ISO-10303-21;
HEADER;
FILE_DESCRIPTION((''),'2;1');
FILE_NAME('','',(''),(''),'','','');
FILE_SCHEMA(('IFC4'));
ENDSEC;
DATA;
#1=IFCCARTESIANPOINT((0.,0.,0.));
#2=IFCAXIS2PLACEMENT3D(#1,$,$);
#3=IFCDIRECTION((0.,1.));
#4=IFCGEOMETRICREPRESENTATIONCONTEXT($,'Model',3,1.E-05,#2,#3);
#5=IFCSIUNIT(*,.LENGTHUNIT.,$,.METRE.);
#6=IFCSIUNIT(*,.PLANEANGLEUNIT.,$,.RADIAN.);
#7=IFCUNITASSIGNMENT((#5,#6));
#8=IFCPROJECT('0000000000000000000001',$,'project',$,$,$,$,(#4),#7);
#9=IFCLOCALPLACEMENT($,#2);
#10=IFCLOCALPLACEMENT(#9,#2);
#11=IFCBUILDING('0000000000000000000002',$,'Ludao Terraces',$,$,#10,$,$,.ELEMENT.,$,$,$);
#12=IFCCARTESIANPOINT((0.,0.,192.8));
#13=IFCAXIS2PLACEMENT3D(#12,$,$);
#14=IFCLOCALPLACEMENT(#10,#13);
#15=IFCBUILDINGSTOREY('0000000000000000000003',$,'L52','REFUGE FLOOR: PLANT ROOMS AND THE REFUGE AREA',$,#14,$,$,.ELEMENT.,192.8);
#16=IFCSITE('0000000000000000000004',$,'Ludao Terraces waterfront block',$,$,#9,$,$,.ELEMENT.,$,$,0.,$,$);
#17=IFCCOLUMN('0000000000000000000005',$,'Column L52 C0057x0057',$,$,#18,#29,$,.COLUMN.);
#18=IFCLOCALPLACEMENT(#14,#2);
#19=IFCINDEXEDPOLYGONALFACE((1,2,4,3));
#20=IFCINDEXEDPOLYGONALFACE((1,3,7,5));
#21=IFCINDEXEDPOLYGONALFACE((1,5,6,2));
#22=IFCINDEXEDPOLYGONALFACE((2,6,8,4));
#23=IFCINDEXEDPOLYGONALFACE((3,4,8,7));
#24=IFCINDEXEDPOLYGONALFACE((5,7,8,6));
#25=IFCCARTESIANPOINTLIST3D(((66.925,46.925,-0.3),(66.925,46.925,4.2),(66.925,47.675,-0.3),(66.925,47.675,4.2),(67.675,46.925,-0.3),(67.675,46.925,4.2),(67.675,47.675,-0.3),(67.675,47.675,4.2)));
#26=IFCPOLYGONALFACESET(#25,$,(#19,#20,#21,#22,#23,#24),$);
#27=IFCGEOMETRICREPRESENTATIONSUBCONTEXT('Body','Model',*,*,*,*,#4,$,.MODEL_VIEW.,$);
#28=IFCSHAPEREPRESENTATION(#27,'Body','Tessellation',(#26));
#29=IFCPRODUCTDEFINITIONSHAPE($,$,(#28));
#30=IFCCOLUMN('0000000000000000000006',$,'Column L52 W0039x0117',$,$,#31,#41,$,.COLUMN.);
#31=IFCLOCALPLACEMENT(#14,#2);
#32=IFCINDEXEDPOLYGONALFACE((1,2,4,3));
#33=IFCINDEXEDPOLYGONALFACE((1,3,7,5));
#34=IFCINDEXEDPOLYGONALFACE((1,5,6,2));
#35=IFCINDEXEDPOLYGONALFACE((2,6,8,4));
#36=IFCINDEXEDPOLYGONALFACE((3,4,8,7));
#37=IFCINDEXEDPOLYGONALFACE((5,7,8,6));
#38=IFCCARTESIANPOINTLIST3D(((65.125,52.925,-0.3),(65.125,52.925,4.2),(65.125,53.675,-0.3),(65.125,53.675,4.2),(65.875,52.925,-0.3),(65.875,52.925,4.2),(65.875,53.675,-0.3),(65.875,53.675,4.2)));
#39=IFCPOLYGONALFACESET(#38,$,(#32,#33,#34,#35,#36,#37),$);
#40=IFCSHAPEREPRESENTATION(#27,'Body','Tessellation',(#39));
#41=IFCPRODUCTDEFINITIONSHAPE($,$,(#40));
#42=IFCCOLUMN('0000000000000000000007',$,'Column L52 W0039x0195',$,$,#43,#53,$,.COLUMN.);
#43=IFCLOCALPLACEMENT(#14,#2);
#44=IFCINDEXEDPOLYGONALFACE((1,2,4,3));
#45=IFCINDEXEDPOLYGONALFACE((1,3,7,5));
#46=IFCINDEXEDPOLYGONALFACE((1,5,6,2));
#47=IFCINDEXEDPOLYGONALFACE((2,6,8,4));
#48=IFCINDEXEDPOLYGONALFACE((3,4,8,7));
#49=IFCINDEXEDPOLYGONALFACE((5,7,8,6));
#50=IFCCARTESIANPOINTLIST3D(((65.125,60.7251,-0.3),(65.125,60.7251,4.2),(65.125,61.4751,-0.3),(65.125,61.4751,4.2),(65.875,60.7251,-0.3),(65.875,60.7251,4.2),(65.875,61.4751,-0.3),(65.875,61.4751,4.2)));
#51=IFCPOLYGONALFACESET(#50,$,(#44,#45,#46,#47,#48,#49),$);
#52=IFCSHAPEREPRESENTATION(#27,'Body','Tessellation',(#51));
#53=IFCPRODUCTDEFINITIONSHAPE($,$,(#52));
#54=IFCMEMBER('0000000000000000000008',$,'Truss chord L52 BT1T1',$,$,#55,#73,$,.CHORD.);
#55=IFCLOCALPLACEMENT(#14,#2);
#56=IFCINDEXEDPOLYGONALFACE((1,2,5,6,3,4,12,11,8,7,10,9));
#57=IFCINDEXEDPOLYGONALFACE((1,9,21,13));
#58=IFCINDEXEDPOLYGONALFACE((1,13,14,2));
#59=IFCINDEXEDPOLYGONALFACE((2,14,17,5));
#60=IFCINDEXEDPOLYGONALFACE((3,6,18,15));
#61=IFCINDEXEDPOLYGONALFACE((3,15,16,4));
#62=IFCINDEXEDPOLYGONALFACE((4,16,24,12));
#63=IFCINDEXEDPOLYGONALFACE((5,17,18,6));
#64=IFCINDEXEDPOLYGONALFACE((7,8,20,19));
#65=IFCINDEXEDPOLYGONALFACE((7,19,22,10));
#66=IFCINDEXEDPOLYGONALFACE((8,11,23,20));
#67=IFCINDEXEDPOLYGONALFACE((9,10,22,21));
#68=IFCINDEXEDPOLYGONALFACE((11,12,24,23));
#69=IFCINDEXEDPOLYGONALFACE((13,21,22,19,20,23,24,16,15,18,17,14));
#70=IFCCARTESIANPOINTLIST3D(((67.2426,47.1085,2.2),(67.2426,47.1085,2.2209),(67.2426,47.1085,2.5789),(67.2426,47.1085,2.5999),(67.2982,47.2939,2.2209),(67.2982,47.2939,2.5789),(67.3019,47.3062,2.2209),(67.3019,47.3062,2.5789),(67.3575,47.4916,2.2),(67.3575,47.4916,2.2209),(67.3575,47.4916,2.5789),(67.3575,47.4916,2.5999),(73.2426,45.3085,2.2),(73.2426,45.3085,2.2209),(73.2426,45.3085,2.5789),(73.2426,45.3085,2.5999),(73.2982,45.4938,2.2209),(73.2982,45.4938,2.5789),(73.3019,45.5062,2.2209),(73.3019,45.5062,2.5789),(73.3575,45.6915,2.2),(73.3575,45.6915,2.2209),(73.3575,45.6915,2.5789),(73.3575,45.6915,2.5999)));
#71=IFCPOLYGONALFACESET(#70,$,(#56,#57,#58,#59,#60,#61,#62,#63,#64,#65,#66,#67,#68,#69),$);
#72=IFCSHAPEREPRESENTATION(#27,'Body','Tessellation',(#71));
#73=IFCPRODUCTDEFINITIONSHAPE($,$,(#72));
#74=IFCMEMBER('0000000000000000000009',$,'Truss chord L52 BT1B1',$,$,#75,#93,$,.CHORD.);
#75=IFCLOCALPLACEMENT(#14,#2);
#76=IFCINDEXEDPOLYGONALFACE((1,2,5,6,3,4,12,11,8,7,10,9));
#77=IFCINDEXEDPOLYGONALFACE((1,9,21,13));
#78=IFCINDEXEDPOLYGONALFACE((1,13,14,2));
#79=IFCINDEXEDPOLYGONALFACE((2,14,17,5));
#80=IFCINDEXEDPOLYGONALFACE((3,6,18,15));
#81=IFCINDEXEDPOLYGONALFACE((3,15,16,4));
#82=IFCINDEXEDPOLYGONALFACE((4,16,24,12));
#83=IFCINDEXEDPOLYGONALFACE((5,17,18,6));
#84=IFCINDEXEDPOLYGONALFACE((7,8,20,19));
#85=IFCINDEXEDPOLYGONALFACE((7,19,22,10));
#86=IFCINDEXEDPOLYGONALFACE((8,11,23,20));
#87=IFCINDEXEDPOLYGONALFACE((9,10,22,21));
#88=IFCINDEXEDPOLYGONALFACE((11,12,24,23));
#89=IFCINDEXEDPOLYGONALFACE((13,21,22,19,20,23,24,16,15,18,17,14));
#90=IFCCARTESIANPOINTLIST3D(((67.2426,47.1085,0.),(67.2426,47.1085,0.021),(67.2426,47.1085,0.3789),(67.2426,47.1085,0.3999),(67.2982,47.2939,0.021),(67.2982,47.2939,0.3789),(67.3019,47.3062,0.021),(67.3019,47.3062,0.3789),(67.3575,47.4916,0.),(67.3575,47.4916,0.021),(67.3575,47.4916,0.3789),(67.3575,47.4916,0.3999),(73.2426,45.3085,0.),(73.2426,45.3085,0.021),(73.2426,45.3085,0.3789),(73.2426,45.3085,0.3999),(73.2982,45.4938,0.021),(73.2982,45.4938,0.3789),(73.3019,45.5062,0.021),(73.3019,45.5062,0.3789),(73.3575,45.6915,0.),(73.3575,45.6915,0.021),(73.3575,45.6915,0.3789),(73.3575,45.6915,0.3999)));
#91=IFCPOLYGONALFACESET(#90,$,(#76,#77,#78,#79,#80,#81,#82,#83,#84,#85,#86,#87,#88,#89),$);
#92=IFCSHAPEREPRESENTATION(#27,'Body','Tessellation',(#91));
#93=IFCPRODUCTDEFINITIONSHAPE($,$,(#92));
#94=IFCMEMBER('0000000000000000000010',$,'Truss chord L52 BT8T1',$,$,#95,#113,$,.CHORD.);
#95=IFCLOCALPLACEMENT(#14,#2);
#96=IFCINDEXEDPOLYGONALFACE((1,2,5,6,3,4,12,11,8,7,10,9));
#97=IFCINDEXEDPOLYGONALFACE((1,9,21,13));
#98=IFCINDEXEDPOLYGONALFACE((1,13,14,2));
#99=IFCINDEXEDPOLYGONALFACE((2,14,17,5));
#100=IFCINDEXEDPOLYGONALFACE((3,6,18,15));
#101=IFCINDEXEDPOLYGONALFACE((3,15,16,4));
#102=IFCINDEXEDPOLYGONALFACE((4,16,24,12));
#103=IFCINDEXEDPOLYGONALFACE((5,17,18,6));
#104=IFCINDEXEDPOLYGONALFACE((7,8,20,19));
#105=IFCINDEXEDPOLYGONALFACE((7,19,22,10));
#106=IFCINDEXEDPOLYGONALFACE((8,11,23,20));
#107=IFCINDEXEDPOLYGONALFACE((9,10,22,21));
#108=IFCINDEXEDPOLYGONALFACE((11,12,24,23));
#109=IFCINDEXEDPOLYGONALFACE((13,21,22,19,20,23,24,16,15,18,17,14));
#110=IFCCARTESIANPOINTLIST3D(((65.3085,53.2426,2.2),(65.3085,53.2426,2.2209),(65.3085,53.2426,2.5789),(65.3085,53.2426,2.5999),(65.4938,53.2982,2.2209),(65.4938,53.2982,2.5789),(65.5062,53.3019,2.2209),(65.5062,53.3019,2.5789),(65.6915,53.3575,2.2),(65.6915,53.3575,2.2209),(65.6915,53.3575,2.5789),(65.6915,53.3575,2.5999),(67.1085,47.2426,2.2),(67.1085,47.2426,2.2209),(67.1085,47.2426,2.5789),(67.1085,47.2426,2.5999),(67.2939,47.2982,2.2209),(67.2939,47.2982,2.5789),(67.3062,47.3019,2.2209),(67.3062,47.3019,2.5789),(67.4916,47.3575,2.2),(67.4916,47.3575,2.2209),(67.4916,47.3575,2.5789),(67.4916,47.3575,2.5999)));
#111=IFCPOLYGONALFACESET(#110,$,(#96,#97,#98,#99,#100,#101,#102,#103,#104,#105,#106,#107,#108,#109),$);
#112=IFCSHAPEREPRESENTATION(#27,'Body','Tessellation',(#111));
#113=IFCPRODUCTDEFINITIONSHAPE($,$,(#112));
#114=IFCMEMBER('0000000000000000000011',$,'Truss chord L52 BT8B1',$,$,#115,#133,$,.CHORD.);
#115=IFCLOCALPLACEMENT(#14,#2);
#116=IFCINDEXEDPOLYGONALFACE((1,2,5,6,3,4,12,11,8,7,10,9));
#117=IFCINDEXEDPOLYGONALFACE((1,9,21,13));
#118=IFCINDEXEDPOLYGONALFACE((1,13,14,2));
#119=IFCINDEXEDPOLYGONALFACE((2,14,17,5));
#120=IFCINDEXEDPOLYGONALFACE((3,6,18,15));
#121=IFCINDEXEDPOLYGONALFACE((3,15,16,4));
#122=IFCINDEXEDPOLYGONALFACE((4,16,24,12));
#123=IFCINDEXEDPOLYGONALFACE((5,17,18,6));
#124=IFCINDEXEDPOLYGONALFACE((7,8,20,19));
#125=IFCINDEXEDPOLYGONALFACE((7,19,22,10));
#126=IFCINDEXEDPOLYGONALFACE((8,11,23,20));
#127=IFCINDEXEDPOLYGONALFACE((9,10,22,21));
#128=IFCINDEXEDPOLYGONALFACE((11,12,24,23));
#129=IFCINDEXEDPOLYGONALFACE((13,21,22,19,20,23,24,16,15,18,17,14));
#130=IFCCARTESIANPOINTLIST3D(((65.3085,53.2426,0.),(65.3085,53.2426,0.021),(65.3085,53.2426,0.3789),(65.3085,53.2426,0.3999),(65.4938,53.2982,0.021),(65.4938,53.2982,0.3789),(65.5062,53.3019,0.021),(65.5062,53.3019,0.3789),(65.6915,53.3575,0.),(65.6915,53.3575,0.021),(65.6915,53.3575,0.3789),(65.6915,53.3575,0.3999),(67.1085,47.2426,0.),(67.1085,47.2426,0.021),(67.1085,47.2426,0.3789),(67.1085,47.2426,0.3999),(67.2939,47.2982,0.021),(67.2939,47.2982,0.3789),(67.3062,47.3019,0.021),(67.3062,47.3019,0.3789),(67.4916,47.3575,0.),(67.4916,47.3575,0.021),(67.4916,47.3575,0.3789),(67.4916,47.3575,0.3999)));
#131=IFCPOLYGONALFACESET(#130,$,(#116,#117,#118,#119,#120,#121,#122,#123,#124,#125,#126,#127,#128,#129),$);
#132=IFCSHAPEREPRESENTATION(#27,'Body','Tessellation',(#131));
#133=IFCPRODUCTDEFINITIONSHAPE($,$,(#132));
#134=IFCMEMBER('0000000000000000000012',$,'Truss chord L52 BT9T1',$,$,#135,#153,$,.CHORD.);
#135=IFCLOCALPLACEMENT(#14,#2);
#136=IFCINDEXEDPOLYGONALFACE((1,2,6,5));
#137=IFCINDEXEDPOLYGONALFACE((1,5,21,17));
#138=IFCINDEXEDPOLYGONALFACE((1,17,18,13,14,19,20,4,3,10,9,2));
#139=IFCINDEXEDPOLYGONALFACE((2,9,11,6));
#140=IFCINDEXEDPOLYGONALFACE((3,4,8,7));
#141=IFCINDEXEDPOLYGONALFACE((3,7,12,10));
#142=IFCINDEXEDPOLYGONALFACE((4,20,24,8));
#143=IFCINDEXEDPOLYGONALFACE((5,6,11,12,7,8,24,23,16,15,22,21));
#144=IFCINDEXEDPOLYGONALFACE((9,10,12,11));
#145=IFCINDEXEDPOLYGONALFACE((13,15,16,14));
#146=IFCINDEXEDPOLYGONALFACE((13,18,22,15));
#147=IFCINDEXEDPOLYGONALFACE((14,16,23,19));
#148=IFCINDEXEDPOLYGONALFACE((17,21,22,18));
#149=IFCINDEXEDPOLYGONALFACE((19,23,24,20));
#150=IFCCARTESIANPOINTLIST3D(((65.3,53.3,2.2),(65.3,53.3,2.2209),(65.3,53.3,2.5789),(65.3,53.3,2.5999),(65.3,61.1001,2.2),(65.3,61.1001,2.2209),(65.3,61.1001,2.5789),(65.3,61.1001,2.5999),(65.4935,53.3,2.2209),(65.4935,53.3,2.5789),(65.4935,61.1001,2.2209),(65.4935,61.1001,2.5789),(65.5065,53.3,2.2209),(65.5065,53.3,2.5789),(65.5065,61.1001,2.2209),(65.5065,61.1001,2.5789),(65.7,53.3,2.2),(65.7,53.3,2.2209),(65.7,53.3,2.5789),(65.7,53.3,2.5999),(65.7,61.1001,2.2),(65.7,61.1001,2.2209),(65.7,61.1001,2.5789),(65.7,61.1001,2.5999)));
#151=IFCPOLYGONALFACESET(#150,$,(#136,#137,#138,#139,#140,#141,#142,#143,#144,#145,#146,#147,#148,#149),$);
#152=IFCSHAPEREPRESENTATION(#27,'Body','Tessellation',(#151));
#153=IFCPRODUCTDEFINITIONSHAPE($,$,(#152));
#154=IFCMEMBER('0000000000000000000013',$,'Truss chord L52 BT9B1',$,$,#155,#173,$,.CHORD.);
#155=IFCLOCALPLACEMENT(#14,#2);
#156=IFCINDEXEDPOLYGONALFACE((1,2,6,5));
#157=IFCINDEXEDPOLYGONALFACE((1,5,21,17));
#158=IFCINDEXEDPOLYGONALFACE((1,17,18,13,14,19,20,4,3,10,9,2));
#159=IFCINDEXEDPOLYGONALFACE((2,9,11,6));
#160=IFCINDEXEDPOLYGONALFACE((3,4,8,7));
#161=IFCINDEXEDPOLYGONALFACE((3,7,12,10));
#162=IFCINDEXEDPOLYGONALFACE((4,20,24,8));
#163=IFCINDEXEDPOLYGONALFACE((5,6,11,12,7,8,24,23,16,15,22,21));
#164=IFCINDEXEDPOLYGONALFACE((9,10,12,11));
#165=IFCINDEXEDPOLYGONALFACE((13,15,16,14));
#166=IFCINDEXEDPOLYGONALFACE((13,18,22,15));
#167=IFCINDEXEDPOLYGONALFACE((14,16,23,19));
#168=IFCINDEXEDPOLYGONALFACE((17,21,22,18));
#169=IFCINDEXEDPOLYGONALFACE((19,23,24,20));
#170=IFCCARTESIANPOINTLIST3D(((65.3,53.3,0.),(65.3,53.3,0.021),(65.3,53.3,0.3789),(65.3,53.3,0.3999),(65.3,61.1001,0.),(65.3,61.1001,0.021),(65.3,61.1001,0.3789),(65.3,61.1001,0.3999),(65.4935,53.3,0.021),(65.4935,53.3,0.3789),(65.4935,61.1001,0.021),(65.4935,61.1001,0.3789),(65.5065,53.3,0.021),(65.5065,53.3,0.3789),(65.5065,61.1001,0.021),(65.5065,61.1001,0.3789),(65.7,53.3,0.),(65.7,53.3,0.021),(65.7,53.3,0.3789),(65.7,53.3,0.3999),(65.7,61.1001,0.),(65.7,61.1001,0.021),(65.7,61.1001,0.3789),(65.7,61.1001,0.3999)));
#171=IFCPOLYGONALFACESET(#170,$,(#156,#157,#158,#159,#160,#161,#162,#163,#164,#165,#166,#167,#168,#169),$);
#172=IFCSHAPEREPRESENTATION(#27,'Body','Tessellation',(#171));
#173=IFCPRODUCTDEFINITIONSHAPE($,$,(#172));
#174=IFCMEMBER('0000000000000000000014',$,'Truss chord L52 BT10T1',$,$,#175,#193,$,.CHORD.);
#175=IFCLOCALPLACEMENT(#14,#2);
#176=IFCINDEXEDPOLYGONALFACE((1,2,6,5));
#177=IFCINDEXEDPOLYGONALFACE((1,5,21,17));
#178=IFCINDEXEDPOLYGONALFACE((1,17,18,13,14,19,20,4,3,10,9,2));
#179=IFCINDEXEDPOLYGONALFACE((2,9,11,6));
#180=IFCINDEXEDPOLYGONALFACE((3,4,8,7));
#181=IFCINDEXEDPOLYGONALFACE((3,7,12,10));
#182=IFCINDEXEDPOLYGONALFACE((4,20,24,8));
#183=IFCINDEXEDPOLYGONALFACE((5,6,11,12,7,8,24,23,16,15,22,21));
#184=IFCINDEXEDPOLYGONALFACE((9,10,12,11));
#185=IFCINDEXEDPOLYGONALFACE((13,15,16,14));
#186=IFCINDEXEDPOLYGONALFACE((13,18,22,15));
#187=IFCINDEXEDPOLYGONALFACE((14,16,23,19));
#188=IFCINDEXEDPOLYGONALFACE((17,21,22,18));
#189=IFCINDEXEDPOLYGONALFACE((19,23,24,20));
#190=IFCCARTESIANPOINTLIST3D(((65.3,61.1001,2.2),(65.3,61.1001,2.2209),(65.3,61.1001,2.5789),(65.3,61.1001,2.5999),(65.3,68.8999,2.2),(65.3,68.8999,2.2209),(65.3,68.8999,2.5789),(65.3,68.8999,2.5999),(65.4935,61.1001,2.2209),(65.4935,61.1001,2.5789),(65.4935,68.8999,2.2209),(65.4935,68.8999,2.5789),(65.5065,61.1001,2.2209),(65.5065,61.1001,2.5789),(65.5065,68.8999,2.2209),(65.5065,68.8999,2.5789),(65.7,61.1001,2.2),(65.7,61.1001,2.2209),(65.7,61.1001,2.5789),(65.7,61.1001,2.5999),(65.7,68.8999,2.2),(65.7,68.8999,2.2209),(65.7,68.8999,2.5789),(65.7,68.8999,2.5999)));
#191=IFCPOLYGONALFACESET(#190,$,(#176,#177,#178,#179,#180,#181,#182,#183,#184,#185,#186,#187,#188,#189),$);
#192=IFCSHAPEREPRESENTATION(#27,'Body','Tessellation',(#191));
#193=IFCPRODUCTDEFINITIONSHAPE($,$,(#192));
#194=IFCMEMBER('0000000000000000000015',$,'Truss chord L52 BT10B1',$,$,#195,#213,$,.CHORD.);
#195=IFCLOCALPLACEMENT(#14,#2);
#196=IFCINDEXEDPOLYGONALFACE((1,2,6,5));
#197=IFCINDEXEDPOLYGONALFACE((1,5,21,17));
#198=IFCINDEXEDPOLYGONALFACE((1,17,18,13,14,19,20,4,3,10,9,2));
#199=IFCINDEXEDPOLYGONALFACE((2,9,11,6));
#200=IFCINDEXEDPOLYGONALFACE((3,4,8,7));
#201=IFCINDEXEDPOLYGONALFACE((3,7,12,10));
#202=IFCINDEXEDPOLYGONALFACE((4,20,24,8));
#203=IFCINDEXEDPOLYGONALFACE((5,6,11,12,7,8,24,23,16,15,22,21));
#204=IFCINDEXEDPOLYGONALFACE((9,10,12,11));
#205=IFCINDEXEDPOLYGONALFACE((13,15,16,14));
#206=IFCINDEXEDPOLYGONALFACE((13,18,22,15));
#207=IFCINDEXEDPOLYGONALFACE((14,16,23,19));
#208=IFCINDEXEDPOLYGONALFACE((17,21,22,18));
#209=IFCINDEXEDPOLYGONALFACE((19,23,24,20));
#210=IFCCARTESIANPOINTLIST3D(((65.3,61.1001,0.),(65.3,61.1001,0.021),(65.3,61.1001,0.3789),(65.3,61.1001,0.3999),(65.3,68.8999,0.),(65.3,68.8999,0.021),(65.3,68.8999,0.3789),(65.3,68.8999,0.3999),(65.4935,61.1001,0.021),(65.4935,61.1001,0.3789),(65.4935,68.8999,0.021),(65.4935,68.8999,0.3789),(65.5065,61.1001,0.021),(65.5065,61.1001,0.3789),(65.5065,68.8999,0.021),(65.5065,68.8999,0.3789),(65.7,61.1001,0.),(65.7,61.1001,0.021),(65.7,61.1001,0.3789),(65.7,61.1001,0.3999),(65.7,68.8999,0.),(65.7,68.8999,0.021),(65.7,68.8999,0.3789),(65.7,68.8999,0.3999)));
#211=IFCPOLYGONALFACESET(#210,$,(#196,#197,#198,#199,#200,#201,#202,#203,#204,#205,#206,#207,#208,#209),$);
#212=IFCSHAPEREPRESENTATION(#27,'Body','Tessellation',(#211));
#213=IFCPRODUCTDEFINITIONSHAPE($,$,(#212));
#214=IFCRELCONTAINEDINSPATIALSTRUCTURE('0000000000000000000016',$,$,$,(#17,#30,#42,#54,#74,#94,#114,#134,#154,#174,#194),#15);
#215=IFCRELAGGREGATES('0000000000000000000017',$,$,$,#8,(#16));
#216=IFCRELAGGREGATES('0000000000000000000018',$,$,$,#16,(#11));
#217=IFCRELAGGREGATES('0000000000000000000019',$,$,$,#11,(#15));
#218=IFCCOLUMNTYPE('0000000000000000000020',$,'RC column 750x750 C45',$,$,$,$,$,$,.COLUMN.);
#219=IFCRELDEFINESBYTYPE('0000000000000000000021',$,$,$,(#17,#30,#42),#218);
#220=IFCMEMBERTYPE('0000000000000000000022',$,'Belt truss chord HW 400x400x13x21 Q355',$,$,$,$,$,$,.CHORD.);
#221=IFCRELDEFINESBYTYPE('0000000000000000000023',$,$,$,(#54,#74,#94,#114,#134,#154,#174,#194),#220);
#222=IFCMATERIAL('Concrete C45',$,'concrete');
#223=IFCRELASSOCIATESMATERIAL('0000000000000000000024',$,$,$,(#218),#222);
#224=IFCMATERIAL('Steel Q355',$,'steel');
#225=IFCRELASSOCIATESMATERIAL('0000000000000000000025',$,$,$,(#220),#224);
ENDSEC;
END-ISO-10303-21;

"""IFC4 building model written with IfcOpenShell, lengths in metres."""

from ifc_helpers import new_model, si_unit, direction, frame, origin, origin_2d, place, context, subcontext, project, spatial, rectangle, i_section, extrude, material, material_profile, profile_set, type_object, element, save


model = new_model("IFC4")

# Units and contexts
model_context = context("Model", 3, precision=1e-05, world=origin(), true_north=direction((0.0, 1.0)))
body_context = subcontext(model_context, "Body", "Model", "MODEL_VIEW")
ifc_project = project(units=[si_unit("LENGTHUNIT", "METRE"), si_unit("PLANEANGLEUNIT", "RADIAN")], contexts=[model_context])

# Site, building, storey
site_placement = place(None, origin())
site = spatial("IfcSite", under=ifc_project, at=site_placement, Name="Ludao Terraces waterfront block", CompositionType="ELEMENT", RefElevation=0.0)
building_placement = place(site_placement, origin())
building = spatial("IfcBuilding", under=site, at=building_placement, Name="Ludao Terraces", CompositionType="ELEMENT")
storey_placement = place(building_placement, frame((0.0, 0.0, 192.8)))
storey = spatial("IfcBuildingStorey", under=building, at=storey_placement, Name="L52", Description="REFUGE FLOOR: PLANT ROOMS AND THE REFUGE AREA", CompositionType="ELEMENT", Elevation=192.8)

# Columns
ifc_material_1 = material(Name="Concrete C45", Category="concrete")
ifc_material_profile_1 = material_profile(ifc_material_1, rectangle(XDim=0.75, YDim=0.75, at=origin_2d()), Name="750 X 750")
ifc_profile_set_1 = profile_set([ifc_material_profile_1], Name="Concrete C45")
column_type = type_object("IfcColumnType", Name="RC column 750x750 C45", PredefinedType="COLUMN", material=ifc_profile_set_1)
for number, where, z_axis, x_axis, name in (
    (1, (67.3, 47.3, -0.3), (0.0, 0.0, 1.0), (1.0, 0.0, 0.0), "Column L52 C0057x0057"),
    (2, (65.5, 53.3, -0.3), (0.0, 0.0, 1.0), (1.0, 0.0, 0.0), "Column L52 W0039x0117"),
    (3, (65.5, 61.1001, -0.3), (0.0, 0.0, 1.0), (1.0, 0.0, 0.0), "Column L52 W0039x0195"),
):
    element("IfcColumn", number, at=place(storey_placement, frame(where, z_axis=z_axis, x_axis=x_axis)), inside=storey, type_object=column_type, Name=name, PredefinedType="COLUMN", context=body_context, shape_type="SweptSolid", body=[
        extrude(rectangle(XDim=0.75, YDim=0.75, at=origin_2d()), origin(), (0.0, 0.0, 1.0), 4.5),
    ])

# Members
ifc_material_2 = material(Name="Steel Q355", Category="steel")
ifc_material_profile_2 = material_profile(ifc_material_2, i_section(OverallWidth=0.3999, OverallDepth=0.3999, WebThickness=0.0129, FlangeThickness=0.021, at=origin_2d()), Name="HW 400X400X13X21")
ifc_profile_set_2 = profile_set([ifc_material_profile_2], Name="Steel Q355")
member_type_1 = type_object("IfcMemberType", Name="Belt truss chord HW 400x400x13x21 Q355", PredefinedType="CHORD", material=ifc_profile_set_2)
for number, where, z_axis, x_axis, name in (
    (4, (67.3, 47.3, 2.3999), (0.957824, -0.287355, 0.0), (0.287355, 0.957824, 0.0), "Truss chord L52 BT1T1"),
    (5, (67.3, 47.3, 0.2), (0.957824, -0.287355, 0.0), (0.287355, 0.957824, 0.0), "Truss chord L52 BT1B1"),
    (6, (67.3, 47.3, 2.3999), (-0.287355, 0.957824, 0.0), (-0.957824, -0.287355, 0.0), "Truss chord L52 BT8T1"),
    (7, (67.3, 47.3, 0.2), (-0.287355, 0.957824, 0.0), (-0.957824, -0.287355, 0.0), "Truss chord L52 BT8B1"),
):
    element("IfcMember", number, at=place(storey_placement, frame(where, z_axis=z_axis, x_axis=x_axis)), inside=storey, type_object=member_type_1, Name=name, PredefinedType="CHORD", context=body_context, shape_type="SweptSolid", body=[
        extrude(i_section(OverallWidth=0.3999, OverallDepth=0.3999, WebThickness=0.0129, FlangeThickness=0.021, at=origin_2d()), origin(), (0.0, 0.0, 1.0), 6.2642),
    ])
for number, where, z_axis, x_axis, name in (
    (8, (65.5, 53.3, 2.3999), (0.0, 1.0, 0.0), (-1.0, 0.0, 0.0), "Truss chord L52 BT9T1"),
    (9, (65.5, 53.3, 0.2), (0.0, 1.0, 0.0), (-1.0, 0.0, 0.0), "Truss chord L52 BT9B1"),
):
    element("IfcMember", number, at=place(storey_placement, frame(where, z_axis=z_axis, x_axis=x_axis)), inside=storey, type_object=member_type_1, Name=name, PredefinedType="CHORD", context=body_context, shape_type="SweptSolid", body=[
        extrude(i_section(OverallWidth=0.3999, OverallDepth=0.3999, WebThickness=0.0129, FlangeThickness=0.021, at=origin_2d()), origin(), (0.0, 0.0, 1.0), 7.8),
    ])
for number, where, z_axis, x_axis, name in (
    (10, (65.5, 61.1001, 2.3999), (0.0, 1.0, 0.0), (-1.0, 0.0, 0.0), "Truss chord L52 BT10T1"),
    (11, (65.5, 61.1001, 0.2), (0.0, 1.0, 0.0), (-1.0, 0.0, 0.0), "Truss chord L52 BT10B1"),
):
    element("IfcMember", number, at=place(storey_placement, frame(where, z_axis=z_axis, x_axis=x_axis)), inside=storey, type_object=member_type_1, Name=name, PredefinedType="CHORD", context=body_context, shape_type="SweptSolid", body=[
        extrude(i_section(OverallWidth=0.3999, OverallDepth=0.3999, WebThickness=0.0129, FlangeThickness=0.021, at=origin_2d()), origin(), (0.0, 0.0, 1.0), 7.7998),
    ])

save(model, "model.ifc")
